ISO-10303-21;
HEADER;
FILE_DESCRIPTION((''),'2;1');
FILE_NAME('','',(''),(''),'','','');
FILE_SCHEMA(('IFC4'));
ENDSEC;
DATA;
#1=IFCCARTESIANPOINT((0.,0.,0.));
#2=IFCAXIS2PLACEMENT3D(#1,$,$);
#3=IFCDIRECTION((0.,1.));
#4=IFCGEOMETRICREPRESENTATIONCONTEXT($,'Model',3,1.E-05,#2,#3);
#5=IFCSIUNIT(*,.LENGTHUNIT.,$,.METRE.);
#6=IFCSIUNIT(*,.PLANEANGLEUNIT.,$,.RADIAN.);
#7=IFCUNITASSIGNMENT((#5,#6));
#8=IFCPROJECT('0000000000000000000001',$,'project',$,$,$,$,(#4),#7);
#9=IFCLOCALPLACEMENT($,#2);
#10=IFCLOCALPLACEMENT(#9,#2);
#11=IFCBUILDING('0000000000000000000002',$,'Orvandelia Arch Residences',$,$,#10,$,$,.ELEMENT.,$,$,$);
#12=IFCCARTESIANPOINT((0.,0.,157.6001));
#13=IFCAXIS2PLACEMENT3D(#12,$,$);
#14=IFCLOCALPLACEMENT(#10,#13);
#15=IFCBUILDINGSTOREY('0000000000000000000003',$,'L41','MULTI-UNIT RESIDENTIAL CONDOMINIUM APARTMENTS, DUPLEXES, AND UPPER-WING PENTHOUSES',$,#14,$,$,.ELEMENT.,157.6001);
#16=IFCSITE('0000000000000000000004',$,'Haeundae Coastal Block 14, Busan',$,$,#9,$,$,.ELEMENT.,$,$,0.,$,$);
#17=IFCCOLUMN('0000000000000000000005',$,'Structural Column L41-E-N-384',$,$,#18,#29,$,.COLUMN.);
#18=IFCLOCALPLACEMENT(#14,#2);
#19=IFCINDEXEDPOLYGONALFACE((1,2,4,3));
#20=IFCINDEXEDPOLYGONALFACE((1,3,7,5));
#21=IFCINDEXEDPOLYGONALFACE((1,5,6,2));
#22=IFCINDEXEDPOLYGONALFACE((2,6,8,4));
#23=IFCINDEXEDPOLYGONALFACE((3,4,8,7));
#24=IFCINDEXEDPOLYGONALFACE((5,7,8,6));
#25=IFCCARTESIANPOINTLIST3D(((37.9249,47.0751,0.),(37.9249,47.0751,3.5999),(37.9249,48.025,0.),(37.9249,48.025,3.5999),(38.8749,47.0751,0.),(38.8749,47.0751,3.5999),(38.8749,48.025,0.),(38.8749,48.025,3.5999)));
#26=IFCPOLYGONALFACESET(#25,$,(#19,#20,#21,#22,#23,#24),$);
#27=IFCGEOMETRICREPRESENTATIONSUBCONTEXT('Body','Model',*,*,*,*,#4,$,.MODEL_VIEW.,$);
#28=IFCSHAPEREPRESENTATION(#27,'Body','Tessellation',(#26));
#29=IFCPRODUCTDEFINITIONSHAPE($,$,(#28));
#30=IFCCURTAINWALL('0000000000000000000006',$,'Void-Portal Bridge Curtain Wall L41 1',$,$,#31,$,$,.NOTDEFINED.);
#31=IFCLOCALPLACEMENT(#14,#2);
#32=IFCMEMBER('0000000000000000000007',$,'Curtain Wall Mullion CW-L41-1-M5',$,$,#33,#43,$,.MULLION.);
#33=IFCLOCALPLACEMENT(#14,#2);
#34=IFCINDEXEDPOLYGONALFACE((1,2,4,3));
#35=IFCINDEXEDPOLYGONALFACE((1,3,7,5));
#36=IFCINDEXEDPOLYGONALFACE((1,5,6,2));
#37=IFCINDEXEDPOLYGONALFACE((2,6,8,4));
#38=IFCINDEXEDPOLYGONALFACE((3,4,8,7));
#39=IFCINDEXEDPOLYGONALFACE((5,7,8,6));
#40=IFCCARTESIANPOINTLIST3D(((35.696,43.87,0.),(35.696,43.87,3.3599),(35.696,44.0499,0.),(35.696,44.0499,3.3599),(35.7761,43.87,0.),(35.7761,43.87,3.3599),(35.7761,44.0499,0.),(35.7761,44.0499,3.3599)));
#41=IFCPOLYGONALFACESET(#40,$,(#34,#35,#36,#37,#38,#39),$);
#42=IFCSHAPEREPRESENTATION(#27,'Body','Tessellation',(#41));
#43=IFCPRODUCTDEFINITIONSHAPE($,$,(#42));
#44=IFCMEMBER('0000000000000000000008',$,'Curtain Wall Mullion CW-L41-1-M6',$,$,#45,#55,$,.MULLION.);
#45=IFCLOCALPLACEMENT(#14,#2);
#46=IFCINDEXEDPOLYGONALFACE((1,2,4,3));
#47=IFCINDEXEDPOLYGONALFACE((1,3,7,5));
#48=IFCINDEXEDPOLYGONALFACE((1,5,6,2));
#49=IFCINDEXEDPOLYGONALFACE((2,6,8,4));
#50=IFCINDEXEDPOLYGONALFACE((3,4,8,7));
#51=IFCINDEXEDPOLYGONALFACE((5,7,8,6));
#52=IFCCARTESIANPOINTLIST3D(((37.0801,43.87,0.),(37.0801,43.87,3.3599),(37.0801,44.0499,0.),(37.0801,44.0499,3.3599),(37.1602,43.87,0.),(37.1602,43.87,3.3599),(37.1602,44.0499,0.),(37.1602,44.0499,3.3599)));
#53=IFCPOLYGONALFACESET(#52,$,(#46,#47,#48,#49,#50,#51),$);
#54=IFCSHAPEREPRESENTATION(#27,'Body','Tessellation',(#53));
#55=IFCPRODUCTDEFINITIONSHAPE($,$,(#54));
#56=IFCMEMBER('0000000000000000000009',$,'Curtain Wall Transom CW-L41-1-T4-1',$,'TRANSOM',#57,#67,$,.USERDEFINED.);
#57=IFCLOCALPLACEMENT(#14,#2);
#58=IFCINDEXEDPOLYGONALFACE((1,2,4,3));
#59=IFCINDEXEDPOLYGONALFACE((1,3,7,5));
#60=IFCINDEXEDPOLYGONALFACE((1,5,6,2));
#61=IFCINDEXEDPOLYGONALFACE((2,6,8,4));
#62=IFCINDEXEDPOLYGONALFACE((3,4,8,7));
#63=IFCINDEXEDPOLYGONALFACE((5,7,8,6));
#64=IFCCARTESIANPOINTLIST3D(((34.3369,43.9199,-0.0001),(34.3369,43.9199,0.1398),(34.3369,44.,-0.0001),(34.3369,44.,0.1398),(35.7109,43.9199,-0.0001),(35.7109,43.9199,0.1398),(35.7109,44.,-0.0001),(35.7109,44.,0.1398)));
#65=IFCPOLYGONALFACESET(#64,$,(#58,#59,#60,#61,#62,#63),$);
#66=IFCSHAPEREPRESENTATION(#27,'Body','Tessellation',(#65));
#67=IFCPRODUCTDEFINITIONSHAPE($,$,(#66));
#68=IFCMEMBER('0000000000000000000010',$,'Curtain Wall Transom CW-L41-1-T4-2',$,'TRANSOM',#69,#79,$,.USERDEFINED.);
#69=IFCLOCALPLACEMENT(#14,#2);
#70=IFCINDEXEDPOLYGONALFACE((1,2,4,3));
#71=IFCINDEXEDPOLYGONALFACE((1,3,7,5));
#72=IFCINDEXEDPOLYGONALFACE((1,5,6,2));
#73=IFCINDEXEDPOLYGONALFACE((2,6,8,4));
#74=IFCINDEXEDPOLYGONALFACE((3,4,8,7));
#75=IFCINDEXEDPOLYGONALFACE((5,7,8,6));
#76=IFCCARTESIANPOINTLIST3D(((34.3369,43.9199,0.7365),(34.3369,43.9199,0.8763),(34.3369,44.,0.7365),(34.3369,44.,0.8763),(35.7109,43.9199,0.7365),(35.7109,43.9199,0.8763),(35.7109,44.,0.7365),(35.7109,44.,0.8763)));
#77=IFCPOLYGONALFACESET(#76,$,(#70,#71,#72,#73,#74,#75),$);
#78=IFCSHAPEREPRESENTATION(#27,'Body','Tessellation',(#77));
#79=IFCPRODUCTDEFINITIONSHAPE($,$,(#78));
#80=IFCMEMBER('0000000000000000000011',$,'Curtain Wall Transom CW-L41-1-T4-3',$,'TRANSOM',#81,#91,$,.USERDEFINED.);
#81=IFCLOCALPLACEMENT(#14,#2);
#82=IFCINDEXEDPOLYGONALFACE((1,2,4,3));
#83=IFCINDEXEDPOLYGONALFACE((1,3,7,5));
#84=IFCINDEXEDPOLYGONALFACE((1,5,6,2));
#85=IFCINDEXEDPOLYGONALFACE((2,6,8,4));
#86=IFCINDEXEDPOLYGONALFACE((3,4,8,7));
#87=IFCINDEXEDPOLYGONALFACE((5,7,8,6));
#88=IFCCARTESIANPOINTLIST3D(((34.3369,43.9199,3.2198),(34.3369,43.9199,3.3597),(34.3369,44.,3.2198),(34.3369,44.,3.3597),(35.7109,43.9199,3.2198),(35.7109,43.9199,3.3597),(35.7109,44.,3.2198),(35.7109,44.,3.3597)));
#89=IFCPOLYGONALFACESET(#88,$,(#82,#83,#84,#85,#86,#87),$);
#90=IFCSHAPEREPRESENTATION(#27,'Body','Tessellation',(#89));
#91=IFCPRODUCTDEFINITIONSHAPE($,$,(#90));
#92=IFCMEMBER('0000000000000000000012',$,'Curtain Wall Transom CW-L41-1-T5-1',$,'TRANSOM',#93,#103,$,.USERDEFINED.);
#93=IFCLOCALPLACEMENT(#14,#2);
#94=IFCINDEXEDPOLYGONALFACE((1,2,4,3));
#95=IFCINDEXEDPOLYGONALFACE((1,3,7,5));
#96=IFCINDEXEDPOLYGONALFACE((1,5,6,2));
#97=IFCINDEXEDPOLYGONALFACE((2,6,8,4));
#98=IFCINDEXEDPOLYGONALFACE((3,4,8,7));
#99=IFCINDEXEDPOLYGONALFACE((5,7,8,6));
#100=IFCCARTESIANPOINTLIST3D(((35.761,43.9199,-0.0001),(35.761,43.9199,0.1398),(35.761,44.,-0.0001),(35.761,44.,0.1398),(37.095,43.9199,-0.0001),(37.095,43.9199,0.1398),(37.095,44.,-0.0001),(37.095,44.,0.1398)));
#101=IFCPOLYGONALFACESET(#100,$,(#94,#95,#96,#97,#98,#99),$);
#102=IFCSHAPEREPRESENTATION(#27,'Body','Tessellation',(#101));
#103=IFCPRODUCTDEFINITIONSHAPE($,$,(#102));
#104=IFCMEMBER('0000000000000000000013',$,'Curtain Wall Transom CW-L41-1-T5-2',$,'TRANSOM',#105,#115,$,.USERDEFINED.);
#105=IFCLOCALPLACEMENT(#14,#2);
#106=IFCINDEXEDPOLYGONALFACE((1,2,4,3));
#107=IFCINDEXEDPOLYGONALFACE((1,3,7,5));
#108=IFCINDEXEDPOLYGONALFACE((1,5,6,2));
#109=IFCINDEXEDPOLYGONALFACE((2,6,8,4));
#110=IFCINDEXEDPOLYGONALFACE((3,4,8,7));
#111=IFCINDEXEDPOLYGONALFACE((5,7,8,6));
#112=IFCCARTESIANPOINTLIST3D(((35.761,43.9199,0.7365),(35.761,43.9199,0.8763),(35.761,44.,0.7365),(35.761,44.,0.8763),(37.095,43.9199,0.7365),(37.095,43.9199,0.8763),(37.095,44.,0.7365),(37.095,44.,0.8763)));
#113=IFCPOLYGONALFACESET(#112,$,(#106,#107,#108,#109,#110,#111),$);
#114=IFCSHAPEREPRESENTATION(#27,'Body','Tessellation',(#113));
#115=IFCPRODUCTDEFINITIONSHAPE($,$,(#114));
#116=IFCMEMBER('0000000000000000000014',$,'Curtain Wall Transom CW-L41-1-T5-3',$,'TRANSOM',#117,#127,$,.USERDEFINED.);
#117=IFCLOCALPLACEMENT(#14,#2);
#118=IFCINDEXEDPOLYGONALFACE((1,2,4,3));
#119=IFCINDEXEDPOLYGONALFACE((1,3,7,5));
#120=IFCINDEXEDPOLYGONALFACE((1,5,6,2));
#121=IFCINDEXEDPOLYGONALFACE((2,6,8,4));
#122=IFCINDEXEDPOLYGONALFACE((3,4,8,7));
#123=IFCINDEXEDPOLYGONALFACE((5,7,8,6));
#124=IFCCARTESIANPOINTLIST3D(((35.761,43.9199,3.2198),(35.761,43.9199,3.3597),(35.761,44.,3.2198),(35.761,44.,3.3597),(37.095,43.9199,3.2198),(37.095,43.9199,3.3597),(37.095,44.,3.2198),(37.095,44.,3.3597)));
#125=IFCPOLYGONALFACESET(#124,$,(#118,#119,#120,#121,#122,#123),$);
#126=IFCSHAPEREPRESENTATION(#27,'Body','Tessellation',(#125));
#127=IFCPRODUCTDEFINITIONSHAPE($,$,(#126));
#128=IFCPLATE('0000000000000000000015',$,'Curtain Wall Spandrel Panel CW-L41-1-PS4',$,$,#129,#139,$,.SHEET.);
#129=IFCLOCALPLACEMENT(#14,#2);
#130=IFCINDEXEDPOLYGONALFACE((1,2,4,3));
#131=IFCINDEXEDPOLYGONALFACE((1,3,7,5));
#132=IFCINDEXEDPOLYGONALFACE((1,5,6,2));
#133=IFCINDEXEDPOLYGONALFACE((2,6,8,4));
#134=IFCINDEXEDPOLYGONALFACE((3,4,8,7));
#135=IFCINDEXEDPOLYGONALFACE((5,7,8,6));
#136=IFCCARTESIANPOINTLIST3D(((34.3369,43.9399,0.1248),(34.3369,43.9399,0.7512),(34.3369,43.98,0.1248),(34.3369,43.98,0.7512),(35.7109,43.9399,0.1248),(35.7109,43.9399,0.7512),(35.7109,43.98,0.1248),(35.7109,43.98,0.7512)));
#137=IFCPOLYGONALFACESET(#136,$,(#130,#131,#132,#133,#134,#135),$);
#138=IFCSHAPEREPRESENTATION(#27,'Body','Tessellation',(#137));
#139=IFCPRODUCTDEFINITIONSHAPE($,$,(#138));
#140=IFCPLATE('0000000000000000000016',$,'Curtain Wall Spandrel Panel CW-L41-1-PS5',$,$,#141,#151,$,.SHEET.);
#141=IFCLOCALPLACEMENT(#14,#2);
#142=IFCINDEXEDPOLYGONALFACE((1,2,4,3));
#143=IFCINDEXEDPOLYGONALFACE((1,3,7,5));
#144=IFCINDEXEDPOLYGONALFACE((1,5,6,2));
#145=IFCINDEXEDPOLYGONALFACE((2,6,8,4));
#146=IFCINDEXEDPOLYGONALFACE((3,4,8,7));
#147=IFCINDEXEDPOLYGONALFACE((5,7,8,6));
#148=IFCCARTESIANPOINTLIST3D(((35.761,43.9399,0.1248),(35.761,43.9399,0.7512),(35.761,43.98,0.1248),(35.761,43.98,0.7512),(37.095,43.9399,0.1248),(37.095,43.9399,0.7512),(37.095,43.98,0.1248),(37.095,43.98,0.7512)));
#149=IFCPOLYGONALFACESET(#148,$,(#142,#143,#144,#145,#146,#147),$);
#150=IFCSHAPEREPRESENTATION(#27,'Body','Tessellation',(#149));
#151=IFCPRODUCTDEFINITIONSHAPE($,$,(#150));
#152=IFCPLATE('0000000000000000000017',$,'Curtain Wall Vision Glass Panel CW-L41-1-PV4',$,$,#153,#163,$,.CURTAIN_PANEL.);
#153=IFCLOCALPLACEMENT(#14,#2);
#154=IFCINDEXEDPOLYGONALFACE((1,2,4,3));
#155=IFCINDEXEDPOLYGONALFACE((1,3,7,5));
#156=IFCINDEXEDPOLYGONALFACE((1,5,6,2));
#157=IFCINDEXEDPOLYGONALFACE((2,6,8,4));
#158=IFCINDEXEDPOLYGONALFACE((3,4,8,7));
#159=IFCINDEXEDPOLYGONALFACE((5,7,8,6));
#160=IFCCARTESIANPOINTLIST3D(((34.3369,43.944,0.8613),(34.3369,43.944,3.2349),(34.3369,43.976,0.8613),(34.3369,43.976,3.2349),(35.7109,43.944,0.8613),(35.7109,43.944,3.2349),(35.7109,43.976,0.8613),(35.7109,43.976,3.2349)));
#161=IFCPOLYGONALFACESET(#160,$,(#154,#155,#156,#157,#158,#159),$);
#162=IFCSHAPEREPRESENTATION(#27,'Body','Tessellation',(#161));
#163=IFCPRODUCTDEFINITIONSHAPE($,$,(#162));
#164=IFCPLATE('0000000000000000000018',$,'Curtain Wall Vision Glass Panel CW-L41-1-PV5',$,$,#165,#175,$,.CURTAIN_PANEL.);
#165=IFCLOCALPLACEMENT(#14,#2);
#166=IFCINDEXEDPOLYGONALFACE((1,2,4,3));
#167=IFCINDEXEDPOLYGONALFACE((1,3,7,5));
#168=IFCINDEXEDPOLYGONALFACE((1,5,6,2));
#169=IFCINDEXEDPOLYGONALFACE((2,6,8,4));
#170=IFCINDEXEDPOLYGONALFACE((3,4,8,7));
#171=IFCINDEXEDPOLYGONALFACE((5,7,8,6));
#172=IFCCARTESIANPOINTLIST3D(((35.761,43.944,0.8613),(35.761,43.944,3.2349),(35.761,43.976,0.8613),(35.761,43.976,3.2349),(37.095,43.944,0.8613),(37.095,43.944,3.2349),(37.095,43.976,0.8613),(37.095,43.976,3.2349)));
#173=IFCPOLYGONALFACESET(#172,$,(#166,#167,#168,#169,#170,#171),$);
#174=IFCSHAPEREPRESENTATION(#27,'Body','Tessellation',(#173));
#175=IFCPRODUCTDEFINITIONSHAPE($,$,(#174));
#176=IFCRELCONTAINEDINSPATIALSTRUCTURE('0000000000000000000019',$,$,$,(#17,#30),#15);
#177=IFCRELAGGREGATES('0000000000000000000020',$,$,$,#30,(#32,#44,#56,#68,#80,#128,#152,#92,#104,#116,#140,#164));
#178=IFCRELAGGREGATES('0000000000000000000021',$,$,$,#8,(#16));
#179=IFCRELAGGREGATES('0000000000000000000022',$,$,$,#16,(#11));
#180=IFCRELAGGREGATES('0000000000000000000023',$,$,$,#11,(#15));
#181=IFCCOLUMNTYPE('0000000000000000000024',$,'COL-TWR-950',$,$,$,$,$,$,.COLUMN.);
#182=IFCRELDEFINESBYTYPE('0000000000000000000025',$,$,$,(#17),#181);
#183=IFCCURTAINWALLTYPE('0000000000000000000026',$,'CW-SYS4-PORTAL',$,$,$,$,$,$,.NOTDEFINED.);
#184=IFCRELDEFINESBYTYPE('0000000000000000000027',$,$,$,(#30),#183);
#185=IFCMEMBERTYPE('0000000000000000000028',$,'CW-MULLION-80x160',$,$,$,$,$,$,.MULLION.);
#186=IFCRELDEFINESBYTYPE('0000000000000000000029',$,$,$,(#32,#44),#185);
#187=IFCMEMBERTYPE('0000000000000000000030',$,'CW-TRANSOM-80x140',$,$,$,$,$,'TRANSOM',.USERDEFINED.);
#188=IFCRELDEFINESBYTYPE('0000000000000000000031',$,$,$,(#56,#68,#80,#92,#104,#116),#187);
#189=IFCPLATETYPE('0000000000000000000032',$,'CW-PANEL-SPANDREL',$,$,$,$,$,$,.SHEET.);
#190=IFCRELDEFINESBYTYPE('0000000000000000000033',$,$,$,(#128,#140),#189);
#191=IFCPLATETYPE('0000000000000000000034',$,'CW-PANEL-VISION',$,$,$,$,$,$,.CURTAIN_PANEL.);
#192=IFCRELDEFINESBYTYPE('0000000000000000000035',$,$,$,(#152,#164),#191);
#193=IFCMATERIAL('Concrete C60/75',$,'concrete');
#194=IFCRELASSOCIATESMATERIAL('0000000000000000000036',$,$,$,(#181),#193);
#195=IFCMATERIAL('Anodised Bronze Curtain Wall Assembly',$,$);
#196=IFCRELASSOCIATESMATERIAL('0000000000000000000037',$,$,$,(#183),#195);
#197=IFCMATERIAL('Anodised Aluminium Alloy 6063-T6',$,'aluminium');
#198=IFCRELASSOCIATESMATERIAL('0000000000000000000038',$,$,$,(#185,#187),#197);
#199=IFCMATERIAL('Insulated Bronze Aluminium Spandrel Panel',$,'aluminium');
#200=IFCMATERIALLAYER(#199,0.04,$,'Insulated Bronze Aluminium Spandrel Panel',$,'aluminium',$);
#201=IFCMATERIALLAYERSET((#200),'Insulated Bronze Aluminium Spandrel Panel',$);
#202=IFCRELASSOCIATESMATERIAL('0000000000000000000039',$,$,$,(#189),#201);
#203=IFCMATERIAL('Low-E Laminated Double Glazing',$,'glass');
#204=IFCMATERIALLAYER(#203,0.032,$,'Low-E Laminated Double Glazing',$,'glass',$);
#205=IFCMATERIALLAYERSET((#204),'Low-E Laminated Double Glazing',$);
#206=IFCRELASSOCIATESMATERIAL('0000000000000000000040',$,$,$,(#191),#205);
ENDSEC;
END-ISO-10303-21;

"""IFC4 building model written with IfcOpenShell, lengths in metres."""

from ifc_helpers import new_model, si_unit, direction, frame, origin, origin_2d, place, context, subcontext, project, spatial, rectangle, extrude, material, layer, layer_set, material_profile, profile_set, type_object, element, aggregate, save


model = new_model("IFC4")

# Units and contexts
model_context = context("Model", 3, precision=1e-05, world=origin(), true_north=direction((0.0, 1.0)))
body_context = subcontext(model_context, "Body", "Model", "MODEL_VIEW")
ifc_project = project(units=[si_unit("LENGTHUNIT", "METRE"), si_unit("PLANEANGLEUNIT", "RADIAN")], contexts=[model_context])

# Site, building, storey
site_placement = place(None, origin())
site = spatial("IfcSite", under=ifc_project, at=site_placement, Name="Haeundae Coastal Block 14, Busan", CompositionType="ELEMENT", RefElevation=0.0)
building_placement = place(site_placement, origin())
building = spatial("IfcBuilding", under=site, at=building_placement, Name="Orvandelia Arch Residences", CompositionType="ELEMENT")
storey_placement = place(building_placement, frame((0.0, 0.0, 157.6001)))
storey = spatial("IfcBuildingStorey", under=building, at=storey_placement, Name="L41", Description="MULTI-UNIT RESIDENTIAL CONDOMINIUM APARTMENTS, DUPLEXES, AND UPPER-WING PENTHOUSES", CompositionType="ELEMENT", Elevation=157.6001)

# Column
ifc_material_1 = material(Name="Concrete C60/75", Category="concrete")
ifc_material_profile_1 = material_profile(ifc_material_1, rectangle(XDim=0.95, YDim=0.95, at=origin_2d()), Name="Concrete C60/75", Category="concrete")
ifc_profile_set_1 = profile_set([ifc_material_profile_1], Name="Concrete C60/75")
column_type = type_object("IfcColumnType", Name="COL-TWR-950", PredefinedType="COLUMN", material=ifc_profile_set_1)
column_placement = place(storey_placement, frame((38.3999, 47.55, 0.0), z_axis=(0.0, 0.0, 1.0), x_axis=(1.0, 0.0, 0.0)))
element("IfcColumn", 1, at=column_placement, inside=storey, type_object=column_type, Name="Structural Column L41-E-N-384", PredefinedType="COLUMN", context=body_context, shape_type="SweptSolid", body=[
    extrude(rectangle(XDim=0.95, YDim=0.95, at=origin_2d()), origin(), (0.0, 0.0, 1.0), 3.5999),
])

# Curtain wall, members, plates
ifc_material_2 = material(Name="Anodised Bronze Curtain Wall Assembly")
curtain_wall_type = type_object("IfcCurtainWallType", Name="CW-SYS4-PORTAL", PredefinedType="NOTDEFINED", material=ifc_material_2)
curtain_wall_placement = place(storey_placement, origin())
curtain_wall = element("IfcCurtainWall", 2, at=curtain_wall_placement, inside=storey, type_object=curtain_wall_type, Name="Void-Portal Bridge Curtain Wall L41 1", PredefinedType="NOTDEFINED")
ifc_material_3 = material(Name="Anodised Aluminium Alloy 6063-T6", Category="aluminium")
ifc_material_profile_2 = material_profile(ifc_material_3, rectangle(XDim=0.0801, YDim=0.1799, at=origin_2d()), Name="Anodised Aluminium Alloy 6063-T6", Category="aluminium")
ifc_profile_set_2 = profile_set([ifc_material_profile_2], Name="Anodised Aluminium Alloy 6063-T6")
member_type_1 = type_object("IfcMemberType", Name="CW-MULLION-80x160", PredefinedType="MULLION", material=ifc_profile_set_2)
member_1_placement = place(storey_placement, frame((35.7361, 43.96, 0.0), z_axis=(0.0, 0.0, 1.0), x_axis=(1.0, 0.0, 0.0)))
member_1 = element("IfcMember", 3, at=member_1_placement, type_object=member_type_1, Name="Curtain Wall Mullion CW-L41-1-M5", PredefinedType="MULLION", context=body_context, shape_type="SweptSolid", body=[
    extrude(rectangle(XDim=0.0801, YDim=0.1799, at=origin_2d()), origin(), (0.0, 0.0, 1.0), 3.3599),
])
member_2_placement = place(storey_placement, frame((37.1201, 43.96, 0.0), z_axis=(0.0, 0.0, 1.0), x_axis=(1.0, 0.0, 0.0)))
member_2 = element("IfcMember", 4, at=member_2_placement, type_object=member_type_1, Name="Curtain Wall Mullion CW-L41-1-M6", PredefinedType="MULLION", context=body_context, shape_type="SweptSolid", body=[
    extrude(rectangle(XDim=0.0801, YDim=0.1799, at=origin_2d()), origin(), (0.0, 0.0, 1.0), 3.3599),
])
ifc_material_profile_3 = material_profile(ifc_material_3, rectangle(XDim=0.0801, YDim=0.1399, at=origin_2d()), Name="Anodised Aluminium Alloy 6063-T6", Category="aluminium")
ifc_profile_set_3 = profile_set([ifc_material_profile_3], Name="Anodised Aluminium Alloy 6063-T6")
member_type_2 = type_object("IfcMemberType", Name="CW-TRANSOM-80x140", ElementType="TRANSOM", PredefinedType="USERDEFINED", material=ifc_profile_set_3)
member_3_placement = place(storey_placement, frame((34.3369, 43.96, 0.0698), z_axis=(1.0, 0.0, 0.0), x_axis=(0.0, 1.0, 0.0)))
member_3 = element("IfcMember", 5, at=member_3_placement, type_object=member_type_2, Name="Curtain Wall Transom CW-L41-1-T4-1", ObjectType="TRANSOM", PredefinedType="USERDEFINED", context=body_context, shape_type="SweptSolid", body=[
    extrude(rectangle(XDim=0.0801, YDim=0.1399, at=origin_2d()), origin(), (0.0, 0.0, 1.0), 1.374),
])
member_4_placement = place(storey_placement, frame((34.3369, 43.96, 0.8064), z_axis=(1.0, 0.0, 0.0), x_axis=(0.0, 1.0, 0.0)))
member_4 = element("IfcMember", 6, at=member_4_placement, type_object=member_type_2, Name="Curtain Wall Transom CW-L41-1-T4-2", ObjectType="TRANSOM", PredefinedType="USERDEFINED", context=body_context, shape_type="SweptSolid", body=[
    extrude(rectangle(XDim=0.0801, YDim=0.1399, at=origin_2d()), origin(), (0.0, 0.0, 1.0), 1.374),
])
member_5_placement = place(storey_placement, frame((34.3369, 43.96, 3.2898), z_axis=(1.0, 0.0, 0.0), x_axis=(0.0, 1.0, 0.0)))
member_5 = element("IfcMember", 7, at=member_5_placement, type_object=member_type_2, Name="Curtain Wall Transom CW-L41-1-T4-3", ObjectType="TRANSOM", PredefinedType="USERDEFINED", context=body_context, shape_type="SweptSolid", body=[
    extrude(rectangle(XDim=0.0801, YDim=0.1399, at=origin_2d()), origin(), (0.0, 0.0, 1.0), 1.374),
])
member_6_placement = place(storey_placement, frame((35.761, 43.96, 0.0698), z_axis=(1.0, 0.0, 0.0), x_axis=(0.0, 1.0, 0.0)))
member_6 = element("IfcMember", 8, at=member_6_placement, type_object=member_type_2, Name="Curtain Wall Transom CW-L41-1-T5-1", ObjectType="TRANSOM", PredefinedType="USERDEFINED", context=body_context, shape_type="SweptSolid", body=[
    extrude(rectangle(XDim=0.0801, YDim=0.1399, at=origin_2d()), origin(), (0.0, 0.0, 1.0), 1.334),
])
member_7_placement = place(storey_placement, frame((35.761, 43.96, 0.8064), z_axis=(1.0, 0.0, 0.0), x_axis=(0.0, 1.0, 0.0)))
member_7 = element("IfcMember", 9, at=member_7_placement, type_object=member_type_2, Name="Curtain Wall Transom CW-L41-1-T5-2", ObjectType="TRANSOM", PredefinedType="USERDEFINED", context=body_context, shape_type="SweptSolid", body=[
    extrude(rectangle(XDim=0.0801, YDim=0.1399, at=origin_2d()), origin(), (0.0, 0.0, 1.0), 1.334),
])
member_8_placement = place(storey_placement, frame((35.761, 43.96, 3.2898), z_axis=(1.0, 0.0, 0.0), x_axis=(0.0, 1.0, 0.0)))
member_8 = element("IfcMember", 10, at=member_8_placement, type_object=member_type_2, Name="Curtain Wall Transom CW-L41-1-T5-3", ObjectType="TRANSOM", PredefinedType="USERDEFINED", context=body_context, shape_type="SweptSolid", body=[
    extrude(rectangle(XDim=0.0801, YDim=0.1399, at=origin_2d()), origin(), (0.0, 0.0, 1.0), 1.334),
])
ifc_material_4 = material(Name="Insulated Bronze Aluminium Spandrel Panel", Category="aluminium")
ifc_layer_1 = layer(ifc_material_4, 0.04, Name="Insulated Bronze Aluminium Spandrel Panel", Category="aluminium")
ifc_layer_set_1 = layer_set([ifc_layer_1], Name="Insulated Bronze Aluminium Spandrel Panel")
plate_type_1 = type_object("IfcPlateType", Name="CW-PANEL-SPANDREL", PredefinedType="SHEET", material=ifc_layer_set_1)
plate_1_placement = place(storey_placement, frame((35.0239, 43.96, 0.1248), z_axis=(0.0, 0.0, 1.0), x_axis=(1.0, 0.0, 0.0)))
plate_1 = element("IfcPlate", 11, at=plate_1_placement, type_object=plate_type_1, Name="Curtain Wall Spandrel Panel CW-L41-1-PS4", PredefinedType="SHEET", context=body_context, shape_type="SweptSolid", body=[
    extrude(rectangle(XDim=1.374, YDim=0.04, at=origin_2d()), origin(), (0.0, 0.0, 1.0), 0.6265),
])
plate_2_placement = place(storey_placement, frame((36.428, 43.96, 0.1248), z_axis=(0.0, 0.0, 1.0), x_axis=(1.0, 0.0, 0.0)))
plate_2 = element("IfcPlate", 12, at=plate_2_placement, type_object=plate_type_1, Name="Curtain Wall Spandrel Panel CW-L41-1-PS5", PredefinedType="SHEET", context=body_context, shape_type="SweptSolid", body=[
    extrude(rectangle(XDim=1.334, YDim=0.04, at=origin_2d()), origin(), (0.0, 0.0, 1.0), 0.6265),
])
ifc_material_5 = material(Name="Low-E Laminated Double Glazing", Category="glass")
ifc_layer_2 = layer(ifc_material_5, 0.032, Name="Low-E Laminated Double Glazing", Category="glass")
ifc_layer_set_2 = layer_set([ifc_layer_2], Name="Low-E Laminated Double Glazing")
plate_type_2 = type_object("IfcPlateType", Name="CW-PANEL-VISION", PredefinedType="CURTAIN_PANEL", material=ifc_layer_set_2)
plate_3_placement = place(storey_placement, frame((35.0239, 43.96, 0.8613), z_axis=(0.0, 0.0, 1.0), x_axis=(1.0, 0.0, 0.0)))
plate_3 = element("IfcPlate", 13, at=plate_3_placement, type_object=plate_type_2, Name="Curtain Wall Vision Glass Panel CW-L41-1-PV4", PredefinedType="CURTAIN_PANEL", context=body_context, shape_type="SweptSolid", body=[
    extrude(rectangle(XDim=1.374, YDim=0.032, at=origin_2d()), origin(), (0.0, 0.0, 1.0), 2.3735),
])
plate_4_placement = place(storey_placement, frame((36.428, 43.96, 0.8613), z_axis=(0.0, 0.0, 1.0), x_axis=(1.0, 0.0, 0.0)))
plate_4 = element("IfcPlate", 14, at=plate_4_placement, type_object=plate_type_2, Name="Curtain Wall Vision Glass Panel CW-L41-1-PV5", PredefinedType="CURTAIN_PANEL", context=body_context, shape_type="SweptSolid", body=[
    extrude(rectangle(XDim=1.334, YDim=0.032, at=origin_2d()), origin(), (0.0, 0.0, 1.0), 2.3735),
])
aggregate(curtain_wall, [member_1, member_2, member_3, member_4, member_5, plate_1, plate_3, member_6, member_7, member_8, plate_2, plate_4])

save(model, "model.ifc")
